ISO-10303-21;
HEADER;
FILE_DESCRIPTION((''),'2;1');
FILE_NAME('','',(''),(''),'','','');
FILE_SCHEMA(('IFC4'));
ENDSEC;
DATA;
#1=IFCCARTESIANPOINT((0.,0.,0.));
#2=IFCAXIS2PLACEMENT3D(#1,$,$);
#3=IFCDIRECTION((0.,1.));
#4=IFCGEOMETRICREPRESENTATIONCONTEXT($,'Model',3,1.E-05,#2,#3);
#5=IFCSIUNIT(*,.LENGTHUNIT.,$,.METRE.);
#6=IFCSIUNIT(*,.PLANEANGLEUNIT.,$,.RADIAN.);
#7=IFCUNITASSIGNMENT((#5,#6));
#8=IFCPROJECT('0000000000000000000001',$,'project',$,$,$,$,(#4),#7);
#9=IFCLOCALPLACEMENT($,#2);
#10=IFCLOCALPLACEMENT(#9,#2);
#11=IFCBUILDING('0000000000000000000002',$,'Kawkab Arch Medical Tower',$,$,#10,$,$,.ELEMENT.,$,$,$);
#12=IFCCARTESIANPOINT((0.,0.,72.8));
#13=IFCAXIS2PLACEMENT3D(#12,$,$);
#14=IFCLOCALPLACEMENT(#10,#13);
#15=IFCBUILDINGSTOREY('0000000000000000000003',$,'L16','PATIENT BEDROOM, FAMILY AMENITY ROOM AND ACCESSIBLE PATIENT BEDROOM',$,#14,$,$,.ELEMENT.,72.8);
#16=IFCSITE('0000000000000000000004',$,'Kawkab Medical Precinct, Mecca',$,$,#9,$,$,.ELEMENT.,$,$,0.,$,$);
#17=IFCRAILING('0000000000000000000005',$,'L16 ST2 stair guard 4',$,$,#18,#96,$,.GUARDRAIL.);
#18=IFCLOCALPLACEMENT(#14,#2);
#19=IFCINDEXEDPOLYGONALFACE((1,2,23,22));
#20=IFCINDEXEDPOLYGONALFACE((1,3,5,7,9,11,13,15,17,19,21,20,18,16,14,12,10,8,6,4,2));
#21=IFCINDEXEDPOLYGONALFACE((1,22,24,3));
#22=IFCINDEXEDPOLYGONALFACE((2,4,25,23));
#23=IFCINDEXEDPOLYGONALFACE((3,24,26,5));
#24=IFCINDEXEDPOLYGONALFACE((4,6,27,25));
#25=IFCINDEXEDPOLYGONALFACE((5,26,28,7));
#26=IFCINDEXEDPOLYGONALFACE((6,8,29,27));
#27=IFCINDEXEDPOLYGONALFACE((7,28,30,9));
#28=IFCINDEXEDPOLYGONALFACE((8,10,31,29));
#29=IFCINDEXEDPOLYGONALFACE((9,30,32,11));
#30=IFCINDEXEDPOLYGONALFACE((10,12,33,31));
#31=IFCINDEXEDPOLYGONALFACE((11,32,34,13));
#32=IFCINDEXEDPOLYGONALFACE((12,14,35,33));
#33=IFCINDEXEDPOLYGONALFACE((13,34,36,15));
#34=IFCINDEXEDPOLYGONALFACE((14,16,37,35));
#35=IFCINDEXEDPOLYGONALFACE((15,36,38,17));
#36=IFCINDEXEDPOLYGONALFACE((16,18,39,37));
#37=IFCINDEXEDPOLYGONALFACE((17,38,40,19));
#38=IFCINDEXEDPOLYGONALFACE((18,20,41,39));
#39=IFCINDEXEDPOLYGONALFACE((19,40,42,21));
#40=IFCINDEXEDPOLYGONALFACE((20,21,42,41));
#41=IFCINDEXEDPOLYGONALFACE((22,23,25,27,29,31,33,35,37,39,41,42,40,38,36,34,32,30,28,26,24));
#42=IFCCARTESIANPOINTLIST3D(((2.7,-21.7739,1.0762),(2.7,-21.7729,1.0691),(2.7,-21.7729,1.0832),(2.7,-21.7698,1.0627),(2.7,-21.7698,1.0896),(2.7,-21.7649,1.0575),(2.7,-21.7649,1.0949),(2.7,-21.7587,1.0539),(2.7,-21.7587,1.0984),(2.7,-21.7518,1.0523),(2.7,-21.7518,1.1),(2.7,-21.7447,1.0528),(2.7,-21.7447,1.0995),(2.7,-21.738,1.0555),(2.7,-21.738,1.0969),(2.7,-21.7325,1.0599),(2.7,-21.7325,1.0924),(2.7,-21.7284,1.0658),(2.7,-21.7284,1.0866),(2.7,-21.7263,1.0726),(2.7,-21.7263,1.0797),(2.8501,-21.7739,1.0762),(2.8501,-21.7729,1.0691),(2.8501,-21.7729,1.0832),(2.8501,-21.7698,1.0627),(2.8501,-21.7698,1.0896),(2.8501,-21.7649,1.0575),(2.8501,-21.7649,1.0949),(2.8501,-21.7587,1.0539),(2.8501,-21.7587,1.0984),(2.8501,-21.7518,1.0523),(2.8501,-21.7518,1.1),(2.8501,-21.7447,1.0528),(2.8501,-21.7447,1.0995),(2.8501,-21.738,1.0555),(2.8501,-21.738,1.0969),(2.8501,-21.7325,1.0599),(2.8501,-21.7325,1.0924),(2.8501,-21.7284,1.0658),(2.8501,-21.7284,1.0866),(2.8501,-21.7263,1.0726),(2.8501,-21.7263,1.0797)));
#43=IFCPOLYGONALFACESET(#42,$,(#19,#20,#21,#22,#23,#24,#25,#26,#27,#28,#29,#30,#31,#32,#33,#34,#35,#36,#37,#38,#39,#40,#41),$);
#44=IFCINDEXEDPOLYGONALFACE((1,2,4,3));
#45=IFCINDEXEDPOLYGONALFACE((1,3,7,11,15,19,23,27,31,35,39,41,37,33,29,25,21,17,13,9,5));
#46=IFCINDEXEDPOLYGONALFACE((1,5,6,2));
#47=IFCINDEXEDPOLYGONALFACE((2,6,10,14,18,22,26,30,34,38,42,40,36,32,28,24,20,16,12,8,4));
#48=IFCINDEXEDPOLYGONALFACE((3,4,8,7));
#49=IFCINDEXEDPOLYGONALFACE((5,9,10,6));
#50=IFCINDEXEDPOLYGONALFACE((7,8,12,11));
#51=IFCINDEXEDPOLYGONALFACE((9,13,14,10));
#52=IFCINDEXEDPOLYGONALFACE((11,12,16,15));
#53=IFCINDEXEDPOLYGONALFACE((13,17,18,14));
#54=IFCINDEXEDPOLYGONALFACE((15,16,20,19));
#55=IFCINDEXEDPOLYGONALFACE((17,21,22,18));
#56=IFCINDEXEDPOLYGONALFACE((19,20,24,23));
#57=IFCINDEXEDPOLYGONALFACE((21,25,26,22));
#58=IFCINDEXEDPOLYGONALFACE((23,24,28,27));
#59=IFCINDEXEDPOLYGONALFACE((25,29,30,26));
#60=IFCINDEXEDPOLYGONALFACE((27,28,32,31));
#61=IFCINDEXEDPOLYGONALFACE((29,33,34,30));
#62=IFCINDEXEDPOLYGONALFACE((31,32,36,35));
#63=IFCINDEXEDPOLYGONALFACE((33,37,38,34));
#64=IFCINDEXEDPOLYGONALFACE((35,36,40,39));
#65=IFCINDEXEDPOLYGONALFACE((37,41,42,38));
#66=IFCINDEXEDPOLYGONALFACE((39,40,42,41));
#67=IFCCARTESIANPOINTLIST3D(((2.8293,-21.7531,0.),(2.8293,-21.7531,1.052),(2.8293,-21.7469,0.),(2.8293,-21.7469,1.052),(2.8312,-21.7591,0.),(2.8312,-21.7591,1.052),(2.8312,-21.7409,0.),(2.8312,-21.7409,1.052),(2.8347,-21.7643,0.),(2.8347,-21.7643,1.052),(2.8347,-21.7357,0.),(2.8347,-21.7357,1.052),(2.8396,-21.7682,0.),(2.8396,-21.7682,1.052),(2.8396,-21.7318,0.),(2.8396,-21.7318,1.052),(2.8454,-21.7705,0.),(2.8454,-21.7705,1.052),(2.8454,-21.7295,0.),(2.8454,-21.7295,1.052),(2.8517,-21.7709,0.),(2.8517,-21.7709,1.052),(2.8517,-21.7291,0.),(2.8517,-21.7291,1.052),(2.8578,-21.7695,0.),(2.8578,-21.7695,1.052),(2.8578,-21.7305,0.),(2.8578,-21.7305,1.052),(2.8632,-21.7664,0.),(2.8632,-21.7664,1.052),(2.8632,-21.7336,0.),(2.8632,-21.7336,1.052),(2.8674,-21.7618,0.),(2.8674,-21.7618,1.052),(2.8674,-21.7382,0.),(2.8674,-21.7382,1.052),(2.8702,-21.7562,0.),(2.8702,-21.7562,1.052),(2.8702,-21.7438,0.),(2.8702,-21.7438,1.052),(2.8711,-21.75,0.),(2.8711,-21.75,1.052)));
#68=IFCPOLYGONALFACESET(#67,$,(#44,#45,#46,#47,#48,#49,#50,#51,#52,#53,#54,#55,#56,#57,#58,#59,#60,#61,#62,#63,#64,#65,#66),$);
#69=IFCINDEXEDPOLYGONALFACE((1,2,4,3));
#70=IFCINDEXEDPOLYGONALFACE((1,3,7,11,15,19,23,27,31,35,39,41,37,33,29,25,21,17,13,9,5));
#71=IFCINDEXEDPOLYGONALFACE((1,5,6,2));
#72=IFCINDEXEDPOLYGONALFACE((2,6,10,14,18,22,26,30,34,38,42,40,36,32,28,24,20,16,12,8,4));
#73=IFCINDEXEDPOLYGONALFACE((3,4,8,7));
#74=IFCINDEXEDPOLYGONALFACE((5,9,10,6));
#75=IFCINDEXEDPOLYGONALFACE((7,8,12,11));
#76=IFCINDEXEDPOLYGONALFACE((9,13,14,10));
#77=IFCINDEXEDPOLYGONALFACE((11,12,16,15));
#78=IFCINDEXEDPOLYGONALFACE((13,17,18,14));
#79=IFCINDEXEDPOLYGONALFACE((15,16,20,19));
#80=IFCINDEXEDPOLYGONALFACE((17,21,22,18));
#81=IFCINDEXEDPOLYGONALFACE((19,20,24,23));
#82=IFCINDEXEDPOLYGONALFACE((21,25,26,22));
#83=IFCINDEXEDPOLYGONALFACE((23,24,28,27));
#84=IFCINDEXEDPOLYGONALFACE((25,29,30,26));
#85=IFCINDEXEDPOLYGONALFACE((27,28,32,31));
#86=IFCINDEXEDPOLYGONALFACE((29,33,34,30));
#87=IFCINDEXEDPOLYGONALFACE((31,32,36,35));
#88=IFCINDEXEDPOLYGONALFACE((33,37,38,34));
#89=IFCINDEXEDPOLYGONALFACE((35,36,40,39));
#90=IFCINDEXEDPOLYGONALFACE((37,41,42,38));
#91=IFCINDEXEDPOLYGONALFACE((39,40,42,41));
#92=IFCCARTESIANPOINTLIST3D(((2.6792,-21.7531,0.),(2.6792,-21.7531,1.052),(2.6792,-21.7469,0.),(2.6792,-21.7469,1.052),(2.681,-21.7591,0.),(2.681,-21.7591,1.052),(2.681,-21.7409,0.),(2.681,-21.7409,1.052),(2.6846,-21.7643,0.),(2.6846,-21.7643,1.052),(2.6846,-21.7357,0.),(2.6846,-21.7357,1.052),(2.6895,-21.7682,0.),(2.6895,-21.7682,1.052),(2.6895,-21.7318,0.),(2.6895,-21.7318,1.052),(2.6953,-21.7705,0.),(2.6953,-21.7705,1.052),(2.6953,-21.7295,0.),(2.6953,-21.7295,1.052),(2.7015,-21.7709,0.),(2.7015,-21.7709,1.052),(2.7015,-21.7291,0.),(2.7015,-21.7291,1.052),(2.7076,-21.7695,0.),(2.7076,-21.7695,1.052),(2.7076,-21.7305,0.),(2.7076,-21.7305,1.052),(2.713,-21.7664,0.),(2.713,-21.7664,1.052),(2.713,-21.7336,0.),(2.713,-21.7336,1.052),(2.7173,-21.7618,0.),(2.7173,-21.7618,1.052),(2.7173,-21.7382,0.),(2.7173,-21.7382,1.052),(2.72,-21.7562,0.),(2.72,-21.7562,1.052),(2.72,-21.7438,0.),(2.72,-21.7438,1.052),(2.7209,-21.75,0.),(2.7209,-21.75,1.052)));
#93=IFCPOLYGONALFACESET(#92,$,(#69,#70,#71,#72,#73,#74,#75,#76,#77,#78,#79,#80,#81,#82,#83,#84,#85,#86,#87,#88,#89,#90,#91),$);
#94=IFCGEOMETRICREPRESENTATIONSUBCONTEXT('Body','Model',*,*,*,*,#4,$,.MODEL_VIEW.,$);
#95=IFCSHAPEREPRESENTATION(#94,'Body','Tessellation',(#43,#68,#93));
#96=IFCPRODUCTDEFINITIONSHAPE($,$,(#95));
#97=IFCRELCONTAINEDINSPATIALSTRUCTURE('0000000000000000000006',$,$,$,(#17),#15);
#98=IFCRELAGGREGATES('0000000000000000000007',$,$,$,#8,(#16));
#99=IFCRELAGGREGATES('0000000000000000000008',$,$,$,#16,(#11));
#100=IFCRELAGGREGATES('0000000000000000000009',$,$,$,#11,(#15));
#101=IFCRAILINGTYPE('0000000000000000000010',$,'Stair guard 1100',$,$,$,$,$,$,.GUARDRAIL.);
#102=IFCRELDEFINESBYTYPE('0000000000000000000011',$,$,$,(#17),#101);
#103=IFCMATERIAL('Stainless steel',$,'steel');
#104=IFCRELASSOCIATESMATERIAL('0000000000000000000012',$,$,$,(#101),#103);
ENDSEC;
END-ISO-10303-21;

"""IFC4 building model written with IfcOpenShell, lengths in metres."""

from ifc_helpers import new_model, si_unit, direction, frame, origin, origin_2d, place, context, subcontext, project, spatial, circle, extrude, material, type_object, element, save


model = new_model("IFC4")

# Units and contexts
model_context = context("Model", 3, precision=1e-05, world=origin(), true_north=direction((0.0, 1.0)))
body_context = subcontext(model_context, "Body", "Model", "MODEL_VIEW")
ifc_project = project(units=[si_unit("LENGTHUNIT", "METRE"), si_unit("PLANEANGLEUNIT", "RADIAN")], contexts=[model_context])

# Site, building, storey
site_placement = place(None, origin())
site = spatial("IfcSite", under=ifc_project, at=site_placement, Name="Kawkab Medical Precinct, Mecca", CompositionType="ELEMENT", RefElevation=0.0)
building_placement = place(site_placement, origin())
building = spatial("IfcBuilding", under=site, at=building_placement, Name="Kawkab Arch Medical Tower", CompositionType="ELEMENT")
storey_placement = place(building_placement, frame((0.0, 0.0, 72.8)))
storey = spatial("IfcBuildingStorey", under=building, at=storey_placement, Name="L16", Description="PATIENT BEDROOM, FAMILY AMENITY ROOM AND ACCESSIBLE PATIENT BEDROOM", CompositionType="ELEMENT", Elevation=72.8)

# Railing
ifc_material_1 = material(Name="Stainless steel", Category="steel")
railing_type_1 = type_object("IfcRailingType", Name="Stair guard 1100", PredefinedType="GUARDRAIL", material=ifc_material_1)
railing_1_placement = place(storey_placement, frame((2.8501, -21.75, 0.0)))
element("IfcRailing", 1, at=railing_1_placement, inside=storey, type_object=railing_type_1, Name="L16 ST2 stair guard 4", PredefinedType="GUARDRAIL", context=body_context, shape_type="SweptSolid", body=[
    extrude(circle(Radius=0.0239, at=origin_2d()), frame((0.0, 0.0, 1.0762), z_axis=(-1.0, 0.0, 0.0), x_axis=(0.0, -1.0, 0.0)), (0.0, 0.0, 1.0), 0.1501),
    extrude(circle(Radius=0.021, at=origin_2d()), origin(), (0.0, 0.0, 1.0), 1.052),
    extrude(circle(Radius=0.021, at=origin_2d()), frame((-0.1501, 0.0, 0.0)), (0.0, 0.0, 1.0), 1.052),
])

save(model, "model.ifc")
